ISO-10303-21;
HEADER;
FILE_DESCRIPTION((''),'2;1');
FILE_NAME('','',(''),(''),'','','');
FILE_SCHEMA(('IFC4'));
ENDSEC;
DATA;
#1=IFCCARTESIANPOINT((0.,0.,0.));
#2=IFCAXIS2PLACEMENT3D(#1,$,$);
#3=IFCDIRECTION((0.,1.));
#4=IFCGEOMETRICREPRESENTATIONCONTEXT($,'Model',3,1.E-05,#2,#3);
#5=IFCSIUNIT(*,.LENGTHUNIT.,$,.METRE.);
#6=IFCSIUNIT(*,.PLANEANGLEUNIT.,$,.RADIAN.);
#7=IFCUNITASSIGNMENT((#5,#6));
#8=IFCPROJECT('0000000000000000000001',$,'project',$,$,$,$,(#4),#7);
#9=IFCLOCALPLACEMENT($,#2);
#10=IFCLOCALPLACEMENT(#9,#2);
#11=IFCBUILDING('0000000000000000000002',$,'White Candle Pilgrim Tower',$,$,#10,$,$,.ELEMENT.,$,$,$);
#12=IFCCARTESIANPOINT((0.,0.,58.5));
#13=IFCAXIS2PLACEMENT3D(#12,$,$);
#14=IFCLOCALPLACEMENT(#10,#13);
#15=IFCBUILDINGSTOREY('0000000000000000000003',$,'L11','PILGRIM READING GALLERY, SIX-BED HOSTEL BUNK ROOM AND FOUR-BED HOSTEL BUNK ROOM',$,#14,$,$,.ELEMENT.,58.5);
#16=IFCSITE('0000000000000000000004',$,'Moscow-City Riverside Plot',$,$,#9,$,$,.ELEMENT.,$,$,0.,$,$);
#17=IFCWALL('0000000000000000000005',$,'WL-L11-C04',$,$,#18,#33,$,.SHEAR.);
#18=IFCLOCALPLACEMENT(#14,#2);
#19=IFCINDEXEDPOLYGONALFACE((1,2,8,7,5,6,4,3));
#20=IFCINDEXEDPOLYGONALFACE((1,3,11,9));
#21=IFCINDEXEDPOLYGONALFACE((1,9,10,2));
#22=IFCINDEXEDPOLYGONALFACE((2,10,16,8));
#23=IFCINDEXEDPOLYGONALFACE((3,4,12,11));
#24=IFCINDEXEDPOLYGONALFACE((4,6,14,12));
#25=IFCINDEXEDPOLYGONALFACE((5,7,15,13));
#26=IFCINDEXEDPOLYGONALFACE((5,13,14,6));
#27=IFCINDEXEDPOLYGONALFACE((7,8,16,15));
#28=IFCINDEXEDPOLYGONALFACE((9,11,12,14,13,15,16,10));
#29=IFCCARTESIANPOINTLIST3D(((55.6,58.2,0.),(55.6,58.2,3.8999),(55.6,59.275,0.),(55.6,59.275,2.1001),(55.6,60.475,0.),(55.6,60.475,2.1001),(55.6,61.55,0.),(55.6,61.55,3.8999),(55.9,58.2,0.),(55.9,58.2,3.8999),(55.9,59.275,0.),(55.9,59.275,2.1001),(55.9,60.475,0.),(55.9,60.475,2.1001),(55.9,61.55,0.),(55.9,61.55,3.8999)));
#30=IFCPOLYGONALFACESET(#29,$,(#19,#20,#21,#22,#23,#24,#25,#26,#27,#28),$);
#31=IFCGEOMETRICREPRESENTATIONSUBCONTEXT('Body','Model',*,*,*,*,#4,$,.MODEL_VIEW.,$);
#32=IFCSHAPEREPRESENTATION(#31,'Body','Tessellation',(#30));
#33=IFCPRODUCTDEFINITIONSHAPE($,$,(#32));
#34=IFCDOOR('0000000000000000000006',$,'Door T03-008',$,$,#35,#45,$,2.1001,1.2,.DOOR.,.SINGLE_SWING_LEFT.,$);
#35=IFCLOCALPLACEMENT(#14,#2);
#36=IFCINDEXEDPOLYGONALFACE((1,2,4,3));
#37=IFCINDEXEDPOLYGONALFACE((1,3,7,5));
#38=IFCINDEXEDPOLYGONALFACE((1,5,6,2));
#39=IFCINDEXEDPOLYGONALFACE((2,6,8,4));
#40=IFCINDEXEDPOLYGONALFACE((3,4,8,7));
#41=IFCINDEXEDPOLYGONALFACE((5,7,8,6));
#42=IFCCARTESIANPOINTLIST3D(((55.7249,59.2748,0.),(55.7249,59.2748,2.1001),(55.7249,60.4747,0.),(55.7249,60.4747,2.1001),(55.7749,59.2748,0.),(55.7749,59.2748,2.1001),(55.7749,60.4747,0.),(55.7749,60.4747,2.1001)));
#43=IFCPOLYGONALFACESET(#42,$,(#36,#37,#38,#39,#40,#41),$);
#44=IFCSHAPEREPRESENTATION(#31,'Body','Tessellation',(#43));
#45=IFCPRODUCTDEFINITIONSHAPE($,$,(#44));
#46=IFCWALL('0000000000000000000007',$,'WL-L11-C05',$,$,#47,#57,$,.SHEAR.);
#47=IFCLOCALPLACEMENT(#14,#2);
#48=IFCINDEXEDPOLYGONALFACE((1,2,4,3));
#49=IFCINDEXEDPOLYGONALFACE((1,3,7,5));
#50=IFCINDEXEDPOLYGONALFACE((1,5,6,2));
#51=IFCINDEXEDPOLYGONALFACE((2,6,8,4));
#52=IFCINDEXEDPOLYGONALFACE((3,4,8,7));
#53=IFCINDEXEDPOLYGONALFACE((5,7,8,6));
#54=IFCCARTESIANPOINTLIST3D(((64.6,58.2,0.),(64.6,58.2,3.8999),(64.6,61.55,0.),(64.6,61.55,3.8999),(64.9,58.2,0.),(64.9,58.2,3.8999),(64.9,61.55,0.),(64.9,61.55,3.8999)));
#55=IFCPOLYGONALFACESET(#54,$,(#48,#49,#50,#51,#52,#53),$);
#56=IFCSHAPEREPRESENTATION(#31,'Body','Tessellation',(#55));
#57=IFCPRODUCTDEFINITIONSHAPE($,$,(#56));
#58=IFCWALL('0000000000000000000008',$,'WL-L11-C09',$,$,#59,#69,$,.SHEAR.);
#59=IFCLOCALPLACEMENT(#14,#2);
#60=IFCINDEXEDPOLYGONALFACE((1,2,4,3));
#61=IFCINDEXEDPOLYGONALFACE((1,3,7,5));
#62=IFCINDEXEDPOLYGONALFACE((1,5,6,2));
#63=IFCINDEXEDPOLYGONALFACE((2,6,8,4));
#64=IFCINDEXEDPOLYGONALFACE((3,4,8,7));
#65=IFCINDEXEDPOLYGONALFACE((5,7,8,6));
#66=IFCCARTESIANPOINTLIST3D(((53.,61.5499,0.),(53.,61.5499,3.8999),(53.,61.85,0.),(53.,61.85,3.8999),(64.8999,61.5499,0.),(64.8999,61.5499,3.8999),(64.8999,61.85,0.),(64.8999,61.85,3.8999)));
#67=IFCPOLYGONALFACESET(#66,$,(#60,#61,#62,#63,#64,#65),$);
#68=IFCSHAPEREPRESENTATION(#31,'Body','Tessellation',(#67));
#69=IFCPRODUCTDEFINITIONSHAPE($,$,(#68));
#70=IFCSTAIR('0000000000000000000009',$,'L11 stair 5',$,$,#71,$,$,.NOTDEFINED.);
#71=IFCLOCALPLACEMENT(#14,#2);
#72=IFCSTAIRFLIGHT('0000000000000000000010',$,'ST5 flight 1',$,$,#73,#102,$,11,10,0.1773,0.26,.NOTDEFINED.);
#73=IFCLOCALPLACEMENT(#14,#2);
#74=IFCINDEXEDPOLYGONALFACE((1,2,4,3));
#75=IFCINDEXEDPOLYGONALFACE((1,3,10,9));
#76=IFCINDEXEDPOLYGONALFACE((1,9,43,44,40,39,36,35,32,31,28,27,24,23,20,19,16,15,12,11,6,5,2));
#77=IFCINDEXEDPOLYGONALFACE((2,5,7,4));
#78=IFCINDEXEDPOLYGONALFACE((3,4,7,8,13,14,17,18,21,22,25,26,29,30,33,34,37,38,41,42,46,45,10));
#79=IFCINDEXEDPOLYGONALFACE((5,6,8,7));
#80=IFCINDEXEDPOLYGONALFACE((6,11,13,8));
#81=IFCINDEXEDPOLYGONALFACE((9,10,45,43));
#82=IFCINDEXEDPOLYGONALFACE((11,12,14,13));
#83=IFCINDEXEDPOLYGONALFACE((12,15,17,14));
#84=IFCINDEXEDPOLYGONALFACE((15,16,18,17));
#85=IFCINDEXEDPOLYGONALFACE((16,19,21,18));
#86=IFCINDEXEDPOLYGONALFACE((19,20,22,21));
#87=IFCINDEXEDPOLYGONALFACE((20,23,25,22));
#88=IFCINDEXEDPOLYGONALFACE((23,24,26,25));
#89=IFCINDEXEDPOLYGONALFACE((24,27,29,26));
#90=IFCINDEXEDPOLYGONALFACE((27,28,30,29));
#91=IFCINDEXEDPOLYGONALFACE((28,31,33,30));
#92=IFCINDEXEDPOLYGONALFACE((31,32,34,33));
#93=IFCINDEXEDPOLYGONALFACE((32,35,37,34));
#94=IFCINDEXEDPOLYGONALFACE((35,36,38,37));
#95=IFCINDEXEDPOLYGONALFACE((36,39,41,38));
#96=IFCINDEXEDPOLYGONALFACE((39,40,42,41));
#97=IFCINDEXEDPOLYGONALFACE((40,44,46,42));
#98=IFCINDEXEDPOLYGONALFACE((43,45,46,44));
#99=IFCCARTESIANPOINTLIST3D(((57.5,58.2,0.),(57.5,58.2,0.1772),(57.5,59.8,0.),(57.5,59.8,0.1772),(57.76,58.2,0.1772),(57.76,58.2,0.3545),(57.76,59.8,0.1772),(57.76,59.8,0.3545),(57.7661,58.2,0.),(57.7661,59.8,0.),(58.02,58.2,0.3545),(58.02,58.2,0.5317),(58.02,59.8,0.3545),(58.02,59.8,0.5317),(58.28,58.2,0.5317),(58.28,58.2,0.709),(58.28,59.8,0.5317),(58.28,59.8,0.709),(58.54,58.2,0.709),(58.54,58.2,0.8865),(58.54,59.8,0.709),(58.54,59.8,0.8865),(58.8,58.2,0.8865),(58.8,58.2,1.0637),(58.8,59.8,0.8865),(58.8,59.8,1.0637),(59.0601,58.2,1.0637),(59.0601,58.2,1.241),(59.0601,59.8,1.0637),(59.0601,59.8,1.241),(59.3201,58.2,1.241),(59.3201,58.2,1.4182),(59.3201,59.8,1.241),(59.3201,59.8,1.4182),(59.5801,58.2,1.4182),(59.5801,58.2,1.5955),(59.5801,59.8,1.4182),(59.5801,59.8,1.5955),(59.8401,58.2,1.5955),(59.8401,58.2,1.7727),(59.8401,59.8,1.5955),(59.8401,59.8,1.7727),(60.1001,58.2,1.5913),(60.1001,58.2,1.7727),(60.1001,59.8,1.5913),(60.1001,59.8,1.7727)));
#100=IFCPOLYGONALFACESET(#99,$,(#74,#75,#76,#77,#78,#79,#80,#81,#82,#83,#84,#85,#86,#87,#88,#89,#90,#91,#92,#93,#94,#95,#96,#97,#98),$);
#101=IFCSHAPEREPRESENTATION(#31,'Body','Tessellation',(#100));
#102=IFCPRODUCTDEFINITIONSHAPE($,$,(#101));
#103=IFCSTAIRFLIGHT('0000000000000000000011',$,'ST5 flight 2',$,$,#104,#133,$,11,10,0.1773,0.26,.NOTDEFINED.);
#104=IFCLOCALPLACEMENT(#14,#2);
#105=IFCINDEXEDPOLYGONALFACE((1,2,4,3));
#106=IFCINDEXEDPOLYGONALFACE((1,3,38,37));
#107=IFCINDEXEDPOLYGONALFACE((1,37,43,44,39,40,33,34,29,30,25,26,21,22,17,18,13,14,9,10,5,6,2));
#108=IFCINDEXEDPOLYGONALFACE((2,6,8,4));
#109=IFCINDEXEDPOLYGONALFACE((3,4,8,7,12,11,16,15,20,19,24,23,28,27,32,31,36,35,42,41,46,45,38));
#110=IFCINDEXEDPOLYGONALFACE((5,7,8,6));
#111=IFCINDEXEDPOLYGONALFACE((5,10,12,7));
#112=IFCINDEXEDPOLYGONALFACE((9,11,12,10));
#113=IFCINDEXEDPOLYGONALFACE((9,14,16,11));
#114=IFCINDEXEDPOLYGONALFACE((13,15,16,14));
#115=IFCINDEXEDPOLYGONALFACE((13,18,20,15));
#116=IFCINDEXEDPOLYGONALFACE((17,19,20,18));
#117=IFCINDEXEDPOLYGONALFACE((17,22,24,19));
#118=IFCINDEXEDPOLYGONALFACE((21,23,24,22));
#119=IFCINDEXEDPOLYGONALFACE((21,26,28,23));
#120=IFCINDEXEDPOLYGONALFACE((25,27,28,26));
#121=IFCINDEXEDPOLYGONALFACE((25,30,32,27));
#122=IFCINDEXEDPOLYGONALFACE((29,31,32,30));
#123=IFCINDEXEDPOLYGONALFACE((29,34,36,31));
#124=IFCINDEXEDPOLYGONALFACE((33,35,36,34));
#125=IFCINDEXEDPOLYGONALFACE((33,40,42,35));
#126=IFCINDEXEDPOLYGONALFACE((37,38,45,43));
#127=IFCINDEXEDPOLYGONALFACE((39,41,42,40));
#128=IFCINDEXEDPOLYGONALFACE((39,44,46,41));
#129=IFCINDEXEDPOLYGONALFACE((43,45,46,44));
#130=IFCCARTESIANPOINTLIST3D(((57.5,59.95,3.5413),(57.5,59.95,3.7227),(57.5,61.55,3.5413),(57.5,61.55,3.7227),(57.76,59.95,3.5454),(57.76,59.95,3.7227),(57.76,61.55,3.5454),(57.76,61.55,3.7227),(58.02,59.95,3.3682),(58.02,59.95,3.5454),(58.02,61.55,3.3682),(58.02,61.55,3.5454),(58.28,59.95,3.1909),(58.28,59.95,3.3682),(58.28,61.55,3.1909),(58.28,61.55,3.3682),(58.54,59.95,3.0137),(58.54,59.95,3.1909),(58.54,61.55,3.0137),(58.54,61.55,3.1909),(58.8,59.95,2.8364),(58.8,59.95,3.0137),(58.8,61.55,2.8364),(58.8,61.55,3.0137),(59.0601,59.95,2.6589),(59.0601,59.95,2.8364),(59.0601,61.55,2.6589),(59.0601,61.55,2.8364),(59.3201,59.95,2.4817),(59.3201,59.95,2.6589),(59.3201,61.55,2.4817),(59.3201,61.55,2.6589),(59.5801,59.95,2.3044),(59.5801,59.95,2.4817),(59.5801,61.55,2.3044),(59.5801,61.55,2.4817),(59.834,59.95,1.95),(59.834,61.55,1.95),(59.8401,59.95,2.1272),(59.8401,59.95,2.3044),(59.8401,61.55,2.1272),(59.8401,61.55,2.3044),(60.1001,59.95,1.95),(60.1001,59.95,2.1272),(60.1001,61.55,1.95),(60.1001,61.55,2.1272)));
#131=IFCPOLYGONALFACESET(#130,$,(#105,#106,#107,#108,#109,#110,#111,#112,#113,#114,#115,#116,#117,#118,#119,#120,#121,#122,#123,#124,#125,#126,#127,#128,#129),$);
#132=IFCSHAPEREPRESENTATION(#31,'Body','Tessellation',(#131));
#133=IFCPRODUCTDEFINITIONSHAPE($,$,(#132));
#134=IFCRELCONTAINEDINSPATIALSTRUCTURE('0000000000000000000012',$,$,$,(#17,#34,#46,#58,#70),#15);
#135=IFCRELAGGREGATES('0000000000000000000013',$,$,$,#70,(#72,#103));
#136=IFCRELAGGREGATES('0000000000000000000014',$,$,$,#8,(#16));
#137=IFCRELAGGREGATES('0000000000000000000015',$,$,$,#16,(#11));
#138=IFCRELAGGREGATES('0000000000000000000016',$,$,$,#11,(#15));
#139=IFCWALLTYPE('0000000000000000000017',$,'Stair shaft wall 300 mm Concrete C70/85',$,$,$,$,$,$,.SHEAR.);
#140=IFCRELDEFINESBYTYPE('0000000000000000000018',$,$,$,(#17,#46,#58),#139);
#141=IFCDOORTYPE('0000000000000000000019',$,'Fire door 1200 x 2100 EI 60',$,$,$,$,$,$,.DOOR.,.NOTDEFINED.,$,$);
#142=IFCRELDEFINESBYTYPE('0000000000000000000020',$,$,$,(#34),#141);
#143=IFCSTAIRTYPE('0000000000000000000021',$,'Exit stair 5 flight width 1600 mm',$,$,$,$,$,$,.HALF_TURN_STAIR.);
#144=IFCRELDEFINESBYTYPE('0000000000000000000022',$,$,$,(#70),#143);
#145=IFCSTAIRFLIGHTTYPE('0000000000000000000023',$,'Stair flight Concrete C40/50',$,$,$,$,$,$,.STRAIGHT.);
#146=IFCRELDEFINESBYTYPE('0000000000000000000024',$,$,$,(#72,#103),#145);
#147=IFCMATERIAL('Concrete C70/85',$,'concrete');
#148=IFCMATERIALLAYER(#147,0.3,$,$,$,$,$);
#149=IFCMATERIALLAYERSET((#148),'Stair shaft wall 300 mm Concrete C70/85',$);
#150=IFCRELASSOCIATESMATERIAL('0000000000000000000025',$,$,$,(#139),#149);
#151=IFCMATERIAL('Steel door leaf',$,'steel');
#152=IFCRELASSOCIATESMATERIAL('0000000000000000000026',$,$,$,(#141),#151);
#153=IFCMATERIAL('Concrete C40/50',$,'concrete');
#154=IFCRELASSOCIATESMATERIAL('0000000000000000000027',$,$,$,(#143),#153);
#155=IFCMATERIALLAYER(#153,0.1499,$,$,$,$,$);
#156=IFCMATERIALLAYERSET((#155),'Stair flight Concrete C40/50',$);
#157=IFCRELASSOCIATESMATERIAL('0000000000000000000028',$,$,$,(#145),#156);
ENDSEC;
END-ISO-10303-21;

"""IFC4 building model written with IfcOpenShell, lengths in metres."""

from ifc_helpers import new_model, si_unit, direction, frame, frame_2d, origin, place, context, subcontext, project, spatial, polyline, rectangle, outline, extrude, material, layer, layer_set, type_object, element, fill, aggregate, save


model = new_model("IFC4")

# Units and contexts
model_context = context("Model", 3, precision=1e-05, world=origin(), true_north=direction((0.0, 1.0)))
body_context = subcontext(model_context, "Body", "Model", "MODEL_VIEW")
ifc_project = project(units=[si_unit("LENGTHUNIT", "METRE"), si_unit("PLANEANGLEUNIT", "RADIAN")], contexts=[model_context])

# Site, building, storey
site_placement = place(None, origin())
site = spatial("IfcSite", under=ifc_project, at=site_placement, Name="Moscow-City Riverside Plot", CompositionType="ELEMENT", RefElevation=0.0)
building_placement = place(site_placement, origin())
building = spatial("IfcBuilding", under=site, at=building_placement, Name="White Candle Pilgrim Tower", CompositionType="ELEMENT")
storey_placement = place(building_placement, frame((0.0, 0.0, 58.5)))
storey = spatial("IfcBuildingStorey", under=building, at=storey_placement, Name="L11", Description="PILGRIM READING GALLERY, SIX-BED HOSTEL BUNK ROOM AND FOUR-BED HOSTEL BUNK ROOM", CompositionType="ELEMENT", Elevation=58.5)

# Shared definitions
ifc_material_1 = material(Name="Concrete C70/85", Category="concrete")

# Shared definitions
ifc_material_2 = material(Name="Steel door leaf", Category="steel")

# Wall, opening, door
ifc_layer_1 = layer(ifc_material_1, 0.3)
ifc_layer_set_1 = layer_set([ifc_layer_1], Name="Stair shaft wall 300 mm Concrete C70/85")
wall_type_1 = type_object("IfcWallType", Name="Stair shaft wall 300 mm Concrete C70/85", PredefinedType="SHEAR", material=ifc_layer_set_1)
wall_1_placement = place(storey_placement, frame((55.75, 58.2, 0.0), z_axis=(0.0, 0.0, 1.0), x_axis=(0.0, 1.0, 0.0)))
wall_1 = element("IfcWall", 1, at=wall_1_placement, inside=storey, type_object=wall_type_1, Name="WL-L11-C04", PredefinedType="SHEAR", context=body_context, shape_type="SweptSolid", body=[
    extrude(rectangle(XDim=3.3501, YDim=0.3, at=frame_2d((1.675, 0.0))), origin(), (0.0, 0.0, 1.0), 3.8999),
])
opening_1_placement = place(wall_1_placement, frame((1.075, 0.0, 0.0)))
opening_1 = element("IfcOpeningElement", 2, at=opening_1_placement, cuts=wall_1, PredefinedType="OPENING", context=body_context, shape_type="SweptSolid", body=[
    extrude(rectangle(XDim=1.2, YDim=2.1001, at=frame_2d((0.6001, 1.05))), frame((0.0, 0.1599, 0.0), z_axis=(0.0, -1.0, 0.0), x_axis=(1.0, 0.0, 0.0)), (0.0, 0.0, 1.0), 0.3201),
])
door_type_1 = type_object("IfcDoorType", Name="Fire door 1200 x 2100 EI 60", OperationType="NOTDEFINED", PredefinedType="DOOR", material=ifc_material_2)
door_1_placement = place(opening_1_placement, frame((1.2, 0.0, 0.0), z_axis=(0.0, 0.0, 1.0), x_axis=(-1.0, 0.0, 0.0)))
door_1 = element("IfcDoor", 3, at=door_1_placement, inside=storey, type_object=door_type_1, Name="Door T03-008", OperationType="SINGLE_SWING_LEFT", OverallHeight=2.1001, OverallWidth=1.2, PredefinedType="DOOR", context=body_context, shape_type="SweptSolid", body=[
    extrude(rectangle(XDim=1.2, YDim=2.1001, at=frame_2d((0.6001, 1.05))), frame((0.0, 0.0249, 0.0), z_axis=(0.0, -1.0, 0.0), x_axis=(1.0, 0.0, 0.0)), (0.0, 0.0, 1.0), 0.05),
])
fill(opening_1, door_1)

# Walls
wall_2_placement = place(storey_placement, frame((64.75, 58.2, 0.0), z_axis=(0.0, 0.0, 1.0), x_axis=(0.0, 1.0, 0.0)))
element("IfcWall", 4, at=wall_2_placement, inside=storey, type_object=wall_type_1, Name="WL-L11-C05", PredefinedType="SHEAR", context=body_context, shape_type="SweptSolid", body=[
    extrude(rectangle(XDim=3.3501, YDim=0.3, at=frame_2d((1.675, 0.0))), origin(), (0.0, 0.0, 1.0), 3.8999),
])
wall_3_placement = place(storey_placement, frame((53.0, 61.7, 0.0), z_axis=(0.0, 0.0, 1.0), x_axis=(1.0, 0.0, 0.0)))
element("IfcWall", 5, at=wall_3_placement, inside=storey, type_object=wall_type_1, Name="WL-L11-C09", PredefinedType="SHEAR", context=body_context, shape_type="SweptSolid", body=[
    extrude(rectangle(XDim=11.8999, YDim=0.3, at=frame_2d((5.95, 0.0))), origin(), (0.0, 0.0, 1.0), 3.8999),
])

# Stair, stair flights
ifc_material_3 = material(Name="Concrete C40/50", Category="concrete")
stair_type = type_object("IfcStairType", Name="Exit stair 5 flight width 1600 mm", PredefinedType="HALF_TURN_STAIR", material=ifc_material_3)
stair_placement = place(storey_placement, origin())
stair = element("IfcStair", 6, at=stair_placement, inside=storey, type_object=stair_type, Name="L11 stair 5", PredefinedType="NOTDEFINED")
ifc_layer_2 = layer(ifc_material_3, 0.1499)
ifc_layer_set_2 = layer_set([ifc_layer_2], Name="Stair flight Concrete C40/50")
stair_flight_type = type_object("IfcStairFlightType", Name="Stair flight Concrete C40/50", PredefinedType="STRAIGHT", material=ifc_layer_set_2)
stair_flight_1_placement = place(storey_placement, frame((57.5, 59.0, 0.0), z_axis=(0.0, 0.0, 1.0), x_axis=(1.0, 0.0, 0.0)))
stair_flight_1 = element("IfcStairFlight", 7, at=stair_flight_1_placement, type_object=stair_flight_type, Name="ST5 flight 1", NumberOfRisers=11, NumberOfTreads=10, PredefinedType="NOTDEFINED", RiserHeight=0.1773, TreadLength=0.26, context=body_context, shape_type="SweptSolid", body=[
    extrude(outline(polyline([(0.0, 0.0), (0.0, 0.1772), (0.26, 0.1772), (0.26, 0.3545), (0.52, 0.3545), (0.52, 0.5317), (0.78, 0.5317), (0.78, 0.709), (1.04, 0.709), (1.04, 0.8865), (1.3, 0.8865), (1.3, 1.0637), (1.5601, 1.0637), (1.5601, 1.241), (1.8201, 1.241), (1.8201, 1.4182), (2.0801, 1.4182), (2.0801, 1.5955), (2.3401, 1.5955), (2.3401, 1.7727), (2.6001, 1.7727), (2.6001, 1.95), (2.6001, 1.5913), (0.2661, 0.0), (0.0, 0.0)])), frame((0.0, 0.8, 0.0), z_axis=(0.0, -1.0, 0.0), x_axis=(1.0, 0.0, 0.0)), (0.0, 0.0, 1.0), 1.6001),
])
stair_flight_2_placement = place(storey_placement, frame((60.1001, 60.75, 1.95), z_axis=(0.0, 0.0, 1.0), x_axis=(-1.0, 0.0, 0.0)))
stair_flight_2 = element("IfcStairFlight", 8, at=stair_flight_2_placement, type_object=stair_flight_type, Name="ST5 flight 2", NumberOfRisers=11, NumberOfTreads=10, PredefinedType="NOTDEFINED", RiserHeight=0.1773, TreadLength=0.26, context=body_context, shape_type="SweptSolid", body=[
    extrude(outline(polyline([(0.0, 0.0), (0.0, 0.1772), (0.26, 0.1772), (0.26, 0.3545), (0.52, 0.3545), (0.52, 0.5317), (0.78, 0.5317), (0.78, 0.709), (1.04, 0.709), (1.04, 0.8865), (1.3, 0.8865), (1.3, 1.0637), (1.5601, 1.0637), (1.5601, 1.241), (1.8201, 1.241), (1.8201, 1.4182), (2.0801, 1.4182), (2.0801, 1.5955), (2.3401, 1.5955), (2.3401, 1.7727), (2.6001, 1.7727), (2.6001, 1.95), (2.6001, 1.5913), (0.2661, 0.0), (0.0, 0.0)])), frame((0.0, 0.8, 0.0), z_axis=(0.0, -1.0, 0.0), x_axis=(1.0, 0.0, 0.0)), (0.0, 0.0, 1.0), 1.6001),
])
aggregate(stair, [stair_flight_1, stair_flight_2])

save(model, "model.ifc")
